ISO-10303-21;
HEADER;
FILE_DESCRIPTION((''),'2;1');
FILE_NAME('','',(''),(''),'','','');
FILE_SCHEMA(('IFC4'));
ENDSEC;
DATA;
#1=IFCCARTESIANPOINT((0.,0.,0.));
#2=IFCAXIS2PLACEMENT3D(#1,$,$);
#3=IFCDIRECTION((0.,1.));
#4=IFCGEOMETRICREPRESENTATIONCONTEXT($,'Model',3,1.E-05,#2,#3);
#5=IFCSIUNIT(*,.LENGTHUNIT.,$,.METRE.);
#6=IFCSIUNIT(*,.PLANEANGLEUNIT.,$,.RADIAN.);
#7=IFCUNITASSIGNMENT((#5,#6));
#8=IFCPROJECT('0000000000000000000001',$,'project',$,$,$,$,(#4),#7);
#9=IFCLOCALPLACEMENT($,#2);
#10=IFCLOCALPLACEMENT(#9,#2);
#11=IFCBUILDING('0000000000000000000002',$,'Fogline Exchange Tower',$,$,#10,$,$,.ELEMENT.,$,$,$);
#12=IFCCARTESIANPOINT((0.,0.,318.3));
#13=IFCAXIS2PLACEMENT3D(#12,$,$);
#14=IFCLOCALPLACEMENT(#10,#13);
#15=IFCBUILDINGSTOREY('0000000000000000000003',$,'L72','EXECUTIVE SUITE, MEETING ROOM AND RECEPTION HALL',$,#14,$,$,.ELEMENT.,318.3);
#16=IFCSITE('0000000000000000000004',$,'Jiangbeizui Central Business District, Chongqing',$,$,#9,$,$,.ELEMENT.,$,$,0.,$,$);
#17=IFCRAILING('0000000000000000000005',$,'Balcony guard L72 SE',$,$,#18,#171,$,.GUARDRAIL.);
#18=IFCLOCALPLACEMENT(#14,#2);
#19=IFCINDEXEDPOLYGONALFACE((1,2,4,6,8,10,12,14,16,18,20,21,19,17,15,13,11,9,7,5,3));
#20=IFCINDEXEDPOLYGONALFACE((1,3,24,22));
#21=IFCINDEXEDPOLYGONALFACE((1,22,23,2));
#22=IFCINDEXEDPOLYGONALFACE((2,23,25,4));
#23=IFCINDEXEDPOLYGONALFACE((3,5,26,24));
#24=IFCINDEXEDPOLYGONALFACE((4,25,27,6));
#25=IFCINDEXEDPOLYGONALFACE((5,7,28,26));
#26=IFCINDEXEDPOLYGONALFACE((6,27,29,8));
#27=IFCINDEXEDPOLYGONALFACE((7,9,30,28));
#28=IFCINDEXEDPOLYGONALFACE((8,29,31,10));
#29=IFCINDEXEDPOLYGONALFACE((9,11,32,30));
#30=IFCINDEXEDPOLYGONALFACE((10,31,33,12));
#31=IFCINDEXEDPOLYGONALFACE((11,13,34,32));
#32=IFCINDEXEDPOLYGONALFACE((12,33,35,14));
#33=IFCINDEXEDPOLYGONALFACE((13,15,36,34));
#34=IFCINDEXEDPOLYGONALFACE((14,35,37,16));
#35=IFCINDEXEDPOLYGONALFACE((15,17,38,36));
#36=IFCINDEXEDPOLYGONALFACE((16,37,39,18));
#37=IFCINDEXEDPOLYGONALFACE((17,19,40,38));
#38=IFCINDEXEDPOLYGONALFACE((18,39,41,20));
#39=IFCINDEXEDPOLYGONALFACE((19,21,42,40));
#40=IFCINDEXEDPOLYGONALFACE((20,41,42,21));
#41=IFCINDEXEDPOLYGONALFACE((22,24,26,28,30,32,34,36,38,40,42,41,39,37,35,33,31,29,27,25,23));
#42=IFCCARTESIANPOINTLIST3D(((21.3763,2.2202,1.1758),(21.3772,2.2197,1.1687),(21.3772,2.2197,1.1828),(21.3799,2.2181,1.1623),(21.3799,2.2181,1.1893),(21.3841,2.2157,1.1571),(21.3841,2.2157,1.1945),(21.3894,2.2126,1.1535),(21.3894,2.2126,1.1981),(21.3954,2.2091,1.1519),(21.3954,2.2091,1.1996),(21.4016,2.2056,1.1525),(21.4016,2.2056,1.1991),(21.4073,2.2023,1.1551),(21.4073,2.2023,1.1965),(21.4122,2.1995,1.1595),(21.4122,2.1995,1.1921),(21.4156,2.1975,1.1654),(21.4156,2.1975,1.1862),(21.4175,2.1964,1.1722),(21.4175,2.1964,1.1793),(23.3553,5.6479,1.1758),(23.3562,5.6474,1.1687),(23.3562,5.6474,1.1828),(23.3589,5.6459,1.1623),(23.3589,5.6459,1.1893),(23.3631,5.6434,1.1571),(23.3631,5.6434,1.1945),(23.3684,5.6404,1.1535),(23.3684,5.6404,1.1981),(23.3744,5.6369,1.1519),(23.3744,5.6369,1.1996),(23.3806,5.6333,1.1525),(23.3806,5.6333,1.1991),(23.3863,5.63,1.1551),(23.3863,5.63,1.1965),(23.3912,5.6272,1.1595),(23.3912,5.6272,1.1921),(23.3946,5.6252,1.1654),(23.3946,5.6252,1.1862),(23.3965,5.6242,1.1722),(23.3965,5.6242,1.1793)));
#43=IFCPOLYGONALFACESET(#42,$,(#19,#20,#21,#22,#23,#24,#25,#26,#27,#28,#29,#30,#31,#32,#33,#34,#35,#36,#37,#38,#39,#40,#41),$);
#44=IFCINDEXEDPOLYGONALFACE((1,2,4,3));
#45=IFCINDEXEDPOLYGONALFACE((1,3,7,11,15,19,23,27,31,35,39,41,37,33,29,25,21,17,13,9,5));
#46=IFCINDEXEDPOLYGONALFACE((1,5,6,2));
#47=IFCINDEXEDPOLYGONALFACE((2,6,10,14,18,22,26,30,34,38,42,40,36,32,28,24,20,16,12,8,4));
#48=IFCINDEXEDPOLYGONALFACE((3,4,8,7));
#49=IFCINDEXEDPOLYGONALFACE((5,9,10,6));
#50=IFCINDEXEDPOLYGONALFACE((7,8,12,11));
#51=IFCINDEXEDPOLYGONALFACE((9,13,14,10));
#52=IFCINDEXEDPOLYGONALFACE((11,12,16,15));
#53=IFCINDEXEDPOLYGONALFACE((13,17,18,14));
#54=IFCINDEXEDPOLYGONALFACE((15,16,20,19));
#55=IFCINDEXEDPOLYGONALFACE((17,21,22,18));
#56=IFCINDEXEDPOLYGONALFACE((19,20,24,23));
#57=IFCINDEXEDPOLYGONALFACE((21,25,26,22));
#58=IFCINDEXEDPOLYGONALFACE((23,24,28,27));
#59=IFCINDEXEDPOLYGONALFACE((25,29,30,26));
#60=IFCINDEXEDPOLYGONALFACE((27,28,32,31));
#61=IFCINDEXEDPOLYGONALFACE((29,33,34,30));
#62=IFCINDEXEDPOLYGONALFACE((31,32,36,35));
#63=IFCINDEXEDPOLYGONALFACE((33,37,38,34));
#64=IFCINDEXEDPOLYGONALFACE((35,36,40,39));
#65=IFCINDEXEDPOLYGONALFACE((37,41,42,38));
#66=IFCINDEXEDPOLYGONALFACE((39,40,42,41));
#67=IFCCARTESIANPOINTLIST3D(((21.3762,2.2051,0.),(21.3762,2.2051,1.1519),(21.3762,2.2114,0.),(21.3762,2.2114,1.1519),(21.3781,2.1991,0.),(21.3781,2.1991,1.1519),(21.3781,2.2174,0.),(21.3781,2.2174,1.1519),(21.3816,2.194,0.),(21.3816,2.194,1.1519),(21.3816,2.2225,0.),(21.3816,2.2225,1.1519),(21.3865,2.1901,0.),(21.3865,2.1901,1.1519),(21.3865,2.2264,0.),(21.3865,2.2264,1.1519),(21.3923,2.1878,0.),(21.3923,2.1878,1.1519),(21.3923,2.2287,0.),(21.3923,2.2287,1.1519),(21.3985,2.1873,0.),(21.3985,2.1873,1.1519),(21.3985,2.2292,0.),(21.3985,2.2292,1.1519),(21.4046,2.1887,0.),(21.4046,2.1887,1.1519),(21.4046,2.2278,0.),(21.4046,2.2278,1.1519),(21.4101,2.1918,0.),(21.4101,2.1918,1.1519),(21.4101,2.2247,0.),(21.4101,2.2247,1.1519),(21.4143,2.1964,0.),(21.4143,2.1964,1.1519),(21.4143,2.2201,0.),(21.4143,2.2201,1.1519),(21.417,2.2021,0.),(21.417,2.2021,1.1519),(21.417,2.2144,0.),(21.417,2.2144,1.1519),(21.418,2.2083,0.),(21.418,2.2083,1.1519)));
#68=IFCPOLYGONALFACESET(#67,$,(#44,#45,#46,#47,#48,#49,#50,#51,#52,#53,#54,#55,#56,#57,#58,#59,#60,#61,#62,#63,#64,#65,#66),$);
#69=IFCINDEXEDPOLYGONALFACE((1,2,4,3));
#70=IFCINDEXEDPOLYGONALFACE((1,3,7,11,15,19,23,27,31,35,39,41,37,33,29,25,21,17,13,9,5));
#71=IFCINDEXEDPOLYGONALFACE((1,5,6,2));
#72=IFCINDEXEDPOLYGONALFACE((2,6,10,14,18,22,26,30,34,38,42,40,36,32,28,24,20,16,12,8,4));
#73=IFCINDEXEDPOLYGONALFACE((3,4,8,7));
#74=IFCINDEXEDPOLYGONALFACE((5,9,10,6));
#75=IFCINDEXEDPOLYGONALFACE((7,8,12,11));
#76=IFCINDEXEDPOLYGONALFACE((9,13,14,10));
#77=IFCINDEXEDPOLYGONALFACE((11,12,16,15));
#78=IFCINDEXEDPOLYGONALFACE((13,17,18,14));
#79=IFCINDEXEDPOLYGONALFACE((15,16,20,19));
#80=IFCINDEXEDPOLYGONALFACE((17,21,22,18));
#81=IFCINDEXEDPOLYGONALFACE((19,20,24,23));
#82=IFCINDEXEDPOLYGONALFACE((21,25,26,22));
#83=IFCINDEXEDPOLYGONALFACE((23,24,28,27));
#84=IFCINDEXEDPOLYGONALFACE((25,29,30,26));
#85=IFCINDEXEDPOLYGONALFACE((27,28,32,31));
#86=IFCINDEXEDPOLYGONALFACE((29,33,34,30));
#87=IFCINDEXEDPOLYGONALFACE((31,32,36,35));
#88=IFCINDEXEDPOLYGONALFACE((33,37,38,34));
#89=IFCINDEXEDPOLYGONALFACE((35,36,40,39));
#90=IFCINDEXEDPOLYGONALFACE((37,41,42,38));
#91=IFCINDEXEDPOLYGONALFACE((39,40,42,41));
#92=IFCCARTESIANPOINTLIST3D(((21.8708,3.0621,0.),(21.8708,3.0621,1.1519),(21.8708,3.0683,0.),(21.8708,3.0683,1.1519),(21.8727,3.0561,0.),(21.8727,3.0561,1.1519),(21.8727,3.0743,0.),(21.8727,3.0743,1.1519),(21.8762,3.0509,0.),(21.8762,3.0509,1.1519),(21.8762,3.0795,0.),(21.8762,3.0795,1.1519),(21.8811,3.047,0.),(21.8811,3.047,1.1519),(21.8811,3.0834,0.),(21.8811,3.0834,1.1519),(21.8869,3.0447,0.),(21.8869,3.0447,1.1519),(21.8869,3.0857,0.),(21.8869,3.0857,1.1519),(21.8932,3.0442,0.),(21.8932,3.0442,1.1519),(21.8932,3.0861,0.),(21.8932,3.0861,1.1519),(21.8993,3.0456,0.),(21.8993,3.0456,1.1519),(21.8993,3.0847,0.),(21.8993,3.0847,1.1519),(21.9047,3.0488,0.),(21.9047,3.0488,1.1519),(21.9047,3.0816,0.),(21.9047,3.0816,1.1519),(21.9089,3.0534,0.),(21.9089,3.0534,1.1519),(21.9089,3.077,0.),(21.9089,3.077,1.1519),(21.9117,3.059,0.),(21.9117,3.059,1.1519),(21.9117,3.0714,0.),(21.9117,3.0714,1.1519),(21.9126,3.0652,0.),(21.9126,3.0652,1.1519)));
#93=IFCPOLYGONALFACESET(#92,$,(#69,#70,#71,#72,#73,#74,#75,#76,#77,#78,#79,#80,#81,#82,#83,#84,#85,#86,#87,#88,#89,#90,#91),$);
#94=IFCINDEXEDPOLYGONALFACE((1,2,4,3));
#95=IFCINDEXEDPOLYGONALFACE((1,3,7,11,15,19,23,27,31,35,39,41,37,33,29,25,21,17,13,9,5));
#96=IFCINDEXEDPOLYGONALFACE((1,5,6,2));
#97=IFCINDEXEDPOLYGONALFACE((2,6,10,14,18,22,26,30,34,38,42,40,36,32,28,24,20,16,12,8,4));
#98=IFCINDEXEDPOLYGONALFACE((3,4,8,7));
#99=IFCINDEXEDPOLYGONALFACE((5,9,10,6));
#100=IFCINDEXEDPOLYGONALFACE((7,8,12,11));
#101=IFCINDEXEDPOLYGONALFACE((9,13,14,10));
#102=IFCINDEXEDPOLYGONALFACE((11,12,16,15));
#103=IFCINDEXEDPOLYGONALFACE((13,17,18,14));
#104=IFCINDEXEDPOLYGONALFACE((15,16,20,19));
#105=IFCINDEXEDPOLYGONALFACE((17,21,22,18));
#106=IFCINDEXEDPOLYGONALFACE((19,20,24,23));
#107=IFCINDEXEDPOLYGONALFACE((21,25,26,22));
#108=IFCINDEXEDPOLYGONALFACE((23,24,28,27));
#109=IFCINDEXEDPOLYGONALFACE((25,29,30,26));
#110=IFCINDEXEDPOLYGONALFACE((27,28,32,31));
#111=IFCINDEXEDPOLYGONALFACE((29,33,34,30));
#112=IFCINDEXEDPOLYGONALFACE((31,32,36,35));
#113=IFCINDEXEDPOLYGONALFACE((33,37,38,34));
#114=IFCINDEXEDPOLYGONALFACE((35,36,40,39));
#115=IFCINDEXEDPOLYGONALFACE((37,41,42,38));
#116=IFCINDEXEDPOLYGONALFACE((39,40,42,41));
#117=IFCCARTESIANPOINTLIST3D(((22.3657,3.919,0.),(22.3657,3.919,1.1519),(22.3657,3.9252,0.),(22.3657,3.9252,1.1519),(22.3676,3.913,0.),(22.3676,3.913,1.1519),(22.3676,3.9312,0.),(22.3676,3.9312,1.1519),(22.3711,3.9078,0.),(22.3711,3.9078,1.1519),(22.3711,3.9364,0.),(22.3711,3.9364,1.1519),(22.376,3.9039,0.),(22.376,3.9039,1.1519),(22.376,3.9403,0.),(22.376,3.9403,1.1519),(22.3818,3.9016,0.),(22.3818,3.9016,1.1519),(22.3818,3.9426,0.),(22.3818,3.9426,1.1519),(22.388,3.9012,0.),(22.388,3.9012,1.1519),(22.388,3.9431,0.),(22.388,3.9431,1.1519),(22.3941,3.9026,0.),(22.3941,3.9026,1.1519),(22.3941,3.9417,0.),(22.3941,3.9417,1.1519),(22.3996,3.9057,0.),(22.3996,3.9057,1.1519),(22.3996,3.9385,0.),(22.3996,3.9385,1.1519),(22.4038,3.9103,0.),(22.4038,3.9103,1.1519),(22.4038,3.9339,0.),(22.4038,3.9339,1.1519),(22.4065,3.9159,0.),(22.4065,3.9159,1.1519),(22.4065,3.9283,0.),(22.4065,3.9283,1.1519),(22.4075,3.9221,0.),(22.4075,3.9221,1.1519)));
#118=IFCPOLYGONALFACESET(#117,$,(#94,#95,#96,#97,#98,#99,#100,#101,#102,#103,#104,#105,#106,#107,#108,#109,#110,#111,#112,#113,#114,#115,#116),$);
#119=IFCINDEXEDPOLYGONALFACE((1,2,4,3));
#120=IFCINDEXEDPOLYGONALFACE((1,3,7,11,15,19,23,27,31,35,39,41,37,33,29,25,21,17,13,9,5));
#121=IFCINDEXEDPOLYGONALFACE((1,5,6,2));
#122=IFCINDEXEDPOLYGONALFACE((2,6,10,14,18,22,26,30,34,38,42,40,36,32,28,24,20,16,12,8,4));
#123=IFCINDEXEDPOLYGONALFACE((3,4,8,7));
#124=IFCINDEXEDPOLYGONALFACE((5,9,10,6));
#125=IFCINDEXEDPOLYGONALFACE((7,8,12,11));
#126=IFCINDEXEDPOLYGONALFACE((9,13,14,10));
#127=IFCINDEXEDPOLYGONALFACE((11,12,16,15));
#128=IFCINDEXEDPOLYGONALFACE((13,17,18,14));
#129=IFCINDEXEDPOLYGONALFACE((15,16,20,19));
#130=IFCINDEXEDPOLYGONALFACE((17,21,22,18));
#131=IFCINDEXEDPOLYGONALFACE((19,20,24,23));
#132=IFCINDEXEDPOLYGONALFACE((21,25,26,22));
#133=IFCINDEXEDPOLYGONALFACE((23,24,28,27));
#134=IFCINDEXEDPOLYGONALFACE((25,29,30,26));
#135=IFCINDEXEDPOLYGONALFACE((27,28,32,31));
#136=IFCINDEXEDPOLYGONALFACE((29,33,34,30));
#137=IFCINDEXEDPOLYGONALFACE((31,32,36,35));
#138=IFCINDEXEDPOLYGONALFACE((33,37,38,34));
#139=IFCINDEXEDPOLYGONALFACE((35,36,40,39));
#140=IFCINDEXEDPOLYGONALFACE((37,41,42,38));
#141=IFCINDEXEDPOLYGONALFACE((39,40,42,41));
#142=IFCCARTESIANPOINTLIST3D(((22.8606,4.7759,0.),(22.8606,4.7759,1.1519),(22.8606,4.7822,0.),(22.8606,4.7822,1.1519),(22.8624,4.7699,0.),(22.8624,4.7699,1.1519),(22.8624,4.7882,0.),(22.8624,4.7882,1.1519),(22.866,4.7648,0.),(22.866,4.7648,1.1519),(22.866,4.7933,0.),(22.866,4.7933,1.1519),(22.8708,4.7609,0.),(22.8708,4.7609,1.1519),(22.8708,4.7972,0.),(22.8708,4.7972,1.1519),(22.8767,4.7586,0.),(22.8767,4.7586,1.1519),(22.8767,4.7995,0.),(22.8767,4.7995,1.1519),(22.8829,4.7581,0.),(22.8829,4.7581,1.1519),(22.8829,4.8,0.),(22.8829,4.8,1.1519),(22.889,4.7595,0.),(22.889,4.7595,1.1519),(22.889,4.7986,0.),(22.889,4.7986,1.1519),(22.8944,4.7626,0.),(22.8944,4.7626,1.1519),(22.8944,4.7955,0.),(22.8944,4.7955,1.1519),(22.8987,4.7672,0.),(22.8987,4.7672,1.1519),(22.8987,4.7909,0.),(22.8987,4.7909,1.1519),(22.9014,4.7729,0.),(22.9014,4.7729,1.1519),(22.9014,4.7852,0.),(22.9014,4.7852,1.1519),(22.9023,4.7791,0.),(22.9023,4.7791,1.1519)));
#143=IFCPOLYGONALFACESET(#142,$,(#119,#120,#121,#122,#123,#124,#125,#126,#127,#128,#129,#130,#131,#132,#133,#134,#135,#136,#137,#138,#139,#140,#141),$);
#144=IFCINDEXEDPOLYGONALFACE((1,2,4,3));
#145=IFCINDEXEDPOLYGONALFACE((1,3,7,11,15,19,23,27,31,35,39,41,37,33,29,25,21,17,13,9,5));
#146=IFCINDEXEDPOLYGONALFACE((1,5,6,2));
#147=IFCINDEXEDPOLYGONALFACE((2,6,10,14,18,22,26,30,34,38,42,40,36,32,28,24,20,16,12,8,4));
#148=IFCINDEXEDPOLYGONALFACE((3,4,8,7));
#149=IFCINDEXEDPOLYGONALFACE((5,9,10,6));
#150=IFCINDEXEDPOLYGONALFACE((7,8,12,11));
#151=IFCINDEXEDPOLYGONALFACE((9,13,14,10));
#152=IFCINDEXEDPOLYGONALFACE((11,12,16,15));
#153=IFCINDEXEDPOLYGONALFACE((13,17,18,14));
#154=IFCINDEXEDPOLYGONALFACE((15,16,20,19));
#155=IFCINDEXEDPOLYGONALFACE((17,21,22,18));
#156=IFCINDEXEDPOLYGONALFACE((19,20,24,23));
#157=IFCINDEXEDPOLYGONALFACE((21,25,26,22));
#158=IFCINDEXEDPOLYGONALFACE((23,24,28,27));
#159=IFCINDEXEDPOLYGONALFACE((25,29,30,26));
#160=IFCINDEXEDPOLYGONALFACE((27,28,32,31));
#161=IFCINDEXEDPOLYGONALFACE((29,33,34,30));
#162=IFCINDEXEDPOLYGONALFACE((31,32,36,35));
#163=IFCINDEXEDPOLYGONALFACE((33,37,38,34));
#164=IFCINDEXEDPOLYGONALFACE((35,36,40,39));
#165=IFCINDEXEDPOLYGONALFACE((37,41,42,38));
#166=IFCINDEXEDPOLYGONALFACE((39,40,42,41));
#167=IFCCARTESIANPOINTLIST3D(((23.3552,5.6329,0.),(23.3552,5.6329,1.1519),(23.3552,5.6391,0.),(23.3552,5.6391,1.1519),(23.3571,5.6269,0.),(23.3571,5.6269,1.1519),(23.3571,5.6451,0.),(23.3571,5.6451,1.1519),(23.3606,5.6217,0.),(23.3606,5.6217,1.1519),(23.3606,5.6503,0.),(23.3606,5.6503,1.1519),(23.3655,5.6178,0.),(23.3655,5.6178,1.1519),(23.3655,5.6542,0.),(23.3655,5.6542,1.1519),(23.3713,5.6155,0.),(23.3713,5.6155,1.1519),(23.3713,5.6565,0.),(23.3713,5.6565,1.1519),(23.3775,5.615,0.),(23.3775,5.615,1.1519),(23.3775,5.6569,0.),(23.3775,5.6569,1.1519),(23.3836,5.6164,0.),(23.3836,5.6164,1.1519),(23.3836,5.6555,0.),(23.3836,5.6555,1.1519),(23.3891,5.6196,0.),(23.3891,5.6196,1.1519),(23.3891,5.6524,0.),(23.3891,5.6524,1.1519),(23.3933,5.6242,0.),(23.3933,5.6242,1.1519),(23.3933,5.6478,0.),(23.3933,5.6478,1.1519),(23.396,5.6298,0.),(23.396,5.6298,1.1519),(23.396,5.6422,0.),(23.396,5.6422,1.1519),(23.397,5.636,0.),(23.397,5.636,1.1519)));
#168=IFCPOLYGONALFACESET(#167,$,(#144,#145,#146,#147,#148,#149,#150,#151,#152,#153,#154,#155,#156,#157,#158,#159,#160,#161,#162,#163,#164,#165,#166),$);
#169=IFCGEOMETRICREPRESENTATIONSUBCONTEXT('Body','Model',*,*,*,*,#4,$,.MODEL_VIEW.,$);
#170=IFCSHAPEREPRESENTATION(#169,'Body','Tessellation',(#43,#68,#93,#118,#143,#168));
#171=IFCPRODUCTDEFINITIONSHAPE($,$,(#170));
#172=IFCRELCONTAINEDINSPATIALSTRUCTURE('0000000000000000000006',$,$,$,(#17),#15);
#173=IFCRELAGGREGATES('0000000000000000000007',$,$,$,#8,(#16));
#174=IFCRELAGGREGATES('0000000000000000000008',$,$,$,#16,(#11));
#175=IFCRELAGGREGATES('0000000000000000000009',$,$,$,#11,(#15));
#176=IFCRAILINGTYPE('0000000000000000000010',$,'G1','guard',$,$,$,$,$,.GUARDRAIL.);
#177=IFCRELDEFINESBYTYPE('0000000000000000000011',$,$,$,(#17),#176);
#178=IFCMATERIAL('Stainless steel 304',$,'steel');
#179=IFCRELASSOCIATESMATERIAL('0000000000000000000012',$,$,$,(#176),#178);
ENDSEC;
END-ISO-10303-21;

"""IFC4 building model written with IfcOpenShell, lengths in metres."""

from ifc_helpers import new_model, si_unit, direction, frame, origin, origin_2d, place, context, subcontext, project, spatial, circle, extrude, material, type_object, element, save


model = new_model("IFC4")

# Units and contexts
model_context = context("Model", 3, precision=1e-05, world=origin(), true_north=direction((0.0, 1.0)))
body_context = subcontext(model_context, "Body", "Model", "MODEL_VIEW")
ifc_project = project(units=[si_unit("LENGTHUNIT", "METRE"), si_unit("PLANEANGLEUNIT", "RADIAN")], contexts=[model_context])

# Site, building, storey
site_placement = place(None, origin())
site = spatial("IfcSite", under=ifc_project, at=site_placement, Name="Jiangbeizui Central Business District, Chongqing", CompositionType="ELEMENT", RefElevation=0.0)
building_placement = place(site_placement, origin())
building = spatial("IfcBuilding", under=site, at=building_placement, Name="Fogline Exchange Tower", CompositionType="ELEMENT")
storey_placement = place(building_placement, frame((0.0, 0.0, 318.3)))
storey = spatial("IfcBuildingStorey", under=building, at=storey_placement, Name="L72", Description="EXECUTIVE SUITE, MEETING ROOM AND RECEPTION HALL", CompositionType="ELEMENT", Elevation=318.3)

# Railing
ifc_material_1 = material(Name="Stainless steel 304", Category="steel")
railing_type = type_object("IfcRailingType", Name="G1", Description="guard", PredefinedType="GUARDRAIL", material=ifc_material_1)
railing_placement = place(storey_placement, frame((21.397, 2.2083, 0.0)))
element("IfcRailing", 1, at=railing_placement, inside=storey, type_object=railing_type, Name="Balcony guard L72 SE", PredefinedType="GUARDRAIL", context=body_context, shape_type="SweptSolid", body=[
    extrude(circle(Radius=0.0239, at=origin_2d()), frame((0.0, 0.0, 1.1758), z_axis=(0.5, 0.866025, 0.0), x_axis=(-0.866025, 0.5, 0.0)), (0.0, 0.0, 1.0), 3.958),
    extrude(circle(Radius=0.021, at=origin_2d()), origin(), (0.0, 0.0, 1.0), 1.1519),
    extrude(circle(Radius=0.021, at=origin_2d()), frame((0.4946, 0.8569, 0.0)), (0.0, 0.0, 1.0), 1.1519),
    extrude(circle(Radius=0.021, at=origin_2d()), frame((0.9895, 1.7139, 0.0)), (0.0, 0.0, 1.0), 1.1519),
    extrude(circle(Radius=0.021, at=origin_2d()), frame((1.4844, 2.5708, 0.0)), (0.0, 0.0, 1.0), 1.1519),
    extrude(circle(Radius=0.021, at=origin_2d()), frame((1.979, 3.4277, 0.0)), (0.0, 0.0, 1.0), 1.1519),
])

save(model, "model.ifc")
